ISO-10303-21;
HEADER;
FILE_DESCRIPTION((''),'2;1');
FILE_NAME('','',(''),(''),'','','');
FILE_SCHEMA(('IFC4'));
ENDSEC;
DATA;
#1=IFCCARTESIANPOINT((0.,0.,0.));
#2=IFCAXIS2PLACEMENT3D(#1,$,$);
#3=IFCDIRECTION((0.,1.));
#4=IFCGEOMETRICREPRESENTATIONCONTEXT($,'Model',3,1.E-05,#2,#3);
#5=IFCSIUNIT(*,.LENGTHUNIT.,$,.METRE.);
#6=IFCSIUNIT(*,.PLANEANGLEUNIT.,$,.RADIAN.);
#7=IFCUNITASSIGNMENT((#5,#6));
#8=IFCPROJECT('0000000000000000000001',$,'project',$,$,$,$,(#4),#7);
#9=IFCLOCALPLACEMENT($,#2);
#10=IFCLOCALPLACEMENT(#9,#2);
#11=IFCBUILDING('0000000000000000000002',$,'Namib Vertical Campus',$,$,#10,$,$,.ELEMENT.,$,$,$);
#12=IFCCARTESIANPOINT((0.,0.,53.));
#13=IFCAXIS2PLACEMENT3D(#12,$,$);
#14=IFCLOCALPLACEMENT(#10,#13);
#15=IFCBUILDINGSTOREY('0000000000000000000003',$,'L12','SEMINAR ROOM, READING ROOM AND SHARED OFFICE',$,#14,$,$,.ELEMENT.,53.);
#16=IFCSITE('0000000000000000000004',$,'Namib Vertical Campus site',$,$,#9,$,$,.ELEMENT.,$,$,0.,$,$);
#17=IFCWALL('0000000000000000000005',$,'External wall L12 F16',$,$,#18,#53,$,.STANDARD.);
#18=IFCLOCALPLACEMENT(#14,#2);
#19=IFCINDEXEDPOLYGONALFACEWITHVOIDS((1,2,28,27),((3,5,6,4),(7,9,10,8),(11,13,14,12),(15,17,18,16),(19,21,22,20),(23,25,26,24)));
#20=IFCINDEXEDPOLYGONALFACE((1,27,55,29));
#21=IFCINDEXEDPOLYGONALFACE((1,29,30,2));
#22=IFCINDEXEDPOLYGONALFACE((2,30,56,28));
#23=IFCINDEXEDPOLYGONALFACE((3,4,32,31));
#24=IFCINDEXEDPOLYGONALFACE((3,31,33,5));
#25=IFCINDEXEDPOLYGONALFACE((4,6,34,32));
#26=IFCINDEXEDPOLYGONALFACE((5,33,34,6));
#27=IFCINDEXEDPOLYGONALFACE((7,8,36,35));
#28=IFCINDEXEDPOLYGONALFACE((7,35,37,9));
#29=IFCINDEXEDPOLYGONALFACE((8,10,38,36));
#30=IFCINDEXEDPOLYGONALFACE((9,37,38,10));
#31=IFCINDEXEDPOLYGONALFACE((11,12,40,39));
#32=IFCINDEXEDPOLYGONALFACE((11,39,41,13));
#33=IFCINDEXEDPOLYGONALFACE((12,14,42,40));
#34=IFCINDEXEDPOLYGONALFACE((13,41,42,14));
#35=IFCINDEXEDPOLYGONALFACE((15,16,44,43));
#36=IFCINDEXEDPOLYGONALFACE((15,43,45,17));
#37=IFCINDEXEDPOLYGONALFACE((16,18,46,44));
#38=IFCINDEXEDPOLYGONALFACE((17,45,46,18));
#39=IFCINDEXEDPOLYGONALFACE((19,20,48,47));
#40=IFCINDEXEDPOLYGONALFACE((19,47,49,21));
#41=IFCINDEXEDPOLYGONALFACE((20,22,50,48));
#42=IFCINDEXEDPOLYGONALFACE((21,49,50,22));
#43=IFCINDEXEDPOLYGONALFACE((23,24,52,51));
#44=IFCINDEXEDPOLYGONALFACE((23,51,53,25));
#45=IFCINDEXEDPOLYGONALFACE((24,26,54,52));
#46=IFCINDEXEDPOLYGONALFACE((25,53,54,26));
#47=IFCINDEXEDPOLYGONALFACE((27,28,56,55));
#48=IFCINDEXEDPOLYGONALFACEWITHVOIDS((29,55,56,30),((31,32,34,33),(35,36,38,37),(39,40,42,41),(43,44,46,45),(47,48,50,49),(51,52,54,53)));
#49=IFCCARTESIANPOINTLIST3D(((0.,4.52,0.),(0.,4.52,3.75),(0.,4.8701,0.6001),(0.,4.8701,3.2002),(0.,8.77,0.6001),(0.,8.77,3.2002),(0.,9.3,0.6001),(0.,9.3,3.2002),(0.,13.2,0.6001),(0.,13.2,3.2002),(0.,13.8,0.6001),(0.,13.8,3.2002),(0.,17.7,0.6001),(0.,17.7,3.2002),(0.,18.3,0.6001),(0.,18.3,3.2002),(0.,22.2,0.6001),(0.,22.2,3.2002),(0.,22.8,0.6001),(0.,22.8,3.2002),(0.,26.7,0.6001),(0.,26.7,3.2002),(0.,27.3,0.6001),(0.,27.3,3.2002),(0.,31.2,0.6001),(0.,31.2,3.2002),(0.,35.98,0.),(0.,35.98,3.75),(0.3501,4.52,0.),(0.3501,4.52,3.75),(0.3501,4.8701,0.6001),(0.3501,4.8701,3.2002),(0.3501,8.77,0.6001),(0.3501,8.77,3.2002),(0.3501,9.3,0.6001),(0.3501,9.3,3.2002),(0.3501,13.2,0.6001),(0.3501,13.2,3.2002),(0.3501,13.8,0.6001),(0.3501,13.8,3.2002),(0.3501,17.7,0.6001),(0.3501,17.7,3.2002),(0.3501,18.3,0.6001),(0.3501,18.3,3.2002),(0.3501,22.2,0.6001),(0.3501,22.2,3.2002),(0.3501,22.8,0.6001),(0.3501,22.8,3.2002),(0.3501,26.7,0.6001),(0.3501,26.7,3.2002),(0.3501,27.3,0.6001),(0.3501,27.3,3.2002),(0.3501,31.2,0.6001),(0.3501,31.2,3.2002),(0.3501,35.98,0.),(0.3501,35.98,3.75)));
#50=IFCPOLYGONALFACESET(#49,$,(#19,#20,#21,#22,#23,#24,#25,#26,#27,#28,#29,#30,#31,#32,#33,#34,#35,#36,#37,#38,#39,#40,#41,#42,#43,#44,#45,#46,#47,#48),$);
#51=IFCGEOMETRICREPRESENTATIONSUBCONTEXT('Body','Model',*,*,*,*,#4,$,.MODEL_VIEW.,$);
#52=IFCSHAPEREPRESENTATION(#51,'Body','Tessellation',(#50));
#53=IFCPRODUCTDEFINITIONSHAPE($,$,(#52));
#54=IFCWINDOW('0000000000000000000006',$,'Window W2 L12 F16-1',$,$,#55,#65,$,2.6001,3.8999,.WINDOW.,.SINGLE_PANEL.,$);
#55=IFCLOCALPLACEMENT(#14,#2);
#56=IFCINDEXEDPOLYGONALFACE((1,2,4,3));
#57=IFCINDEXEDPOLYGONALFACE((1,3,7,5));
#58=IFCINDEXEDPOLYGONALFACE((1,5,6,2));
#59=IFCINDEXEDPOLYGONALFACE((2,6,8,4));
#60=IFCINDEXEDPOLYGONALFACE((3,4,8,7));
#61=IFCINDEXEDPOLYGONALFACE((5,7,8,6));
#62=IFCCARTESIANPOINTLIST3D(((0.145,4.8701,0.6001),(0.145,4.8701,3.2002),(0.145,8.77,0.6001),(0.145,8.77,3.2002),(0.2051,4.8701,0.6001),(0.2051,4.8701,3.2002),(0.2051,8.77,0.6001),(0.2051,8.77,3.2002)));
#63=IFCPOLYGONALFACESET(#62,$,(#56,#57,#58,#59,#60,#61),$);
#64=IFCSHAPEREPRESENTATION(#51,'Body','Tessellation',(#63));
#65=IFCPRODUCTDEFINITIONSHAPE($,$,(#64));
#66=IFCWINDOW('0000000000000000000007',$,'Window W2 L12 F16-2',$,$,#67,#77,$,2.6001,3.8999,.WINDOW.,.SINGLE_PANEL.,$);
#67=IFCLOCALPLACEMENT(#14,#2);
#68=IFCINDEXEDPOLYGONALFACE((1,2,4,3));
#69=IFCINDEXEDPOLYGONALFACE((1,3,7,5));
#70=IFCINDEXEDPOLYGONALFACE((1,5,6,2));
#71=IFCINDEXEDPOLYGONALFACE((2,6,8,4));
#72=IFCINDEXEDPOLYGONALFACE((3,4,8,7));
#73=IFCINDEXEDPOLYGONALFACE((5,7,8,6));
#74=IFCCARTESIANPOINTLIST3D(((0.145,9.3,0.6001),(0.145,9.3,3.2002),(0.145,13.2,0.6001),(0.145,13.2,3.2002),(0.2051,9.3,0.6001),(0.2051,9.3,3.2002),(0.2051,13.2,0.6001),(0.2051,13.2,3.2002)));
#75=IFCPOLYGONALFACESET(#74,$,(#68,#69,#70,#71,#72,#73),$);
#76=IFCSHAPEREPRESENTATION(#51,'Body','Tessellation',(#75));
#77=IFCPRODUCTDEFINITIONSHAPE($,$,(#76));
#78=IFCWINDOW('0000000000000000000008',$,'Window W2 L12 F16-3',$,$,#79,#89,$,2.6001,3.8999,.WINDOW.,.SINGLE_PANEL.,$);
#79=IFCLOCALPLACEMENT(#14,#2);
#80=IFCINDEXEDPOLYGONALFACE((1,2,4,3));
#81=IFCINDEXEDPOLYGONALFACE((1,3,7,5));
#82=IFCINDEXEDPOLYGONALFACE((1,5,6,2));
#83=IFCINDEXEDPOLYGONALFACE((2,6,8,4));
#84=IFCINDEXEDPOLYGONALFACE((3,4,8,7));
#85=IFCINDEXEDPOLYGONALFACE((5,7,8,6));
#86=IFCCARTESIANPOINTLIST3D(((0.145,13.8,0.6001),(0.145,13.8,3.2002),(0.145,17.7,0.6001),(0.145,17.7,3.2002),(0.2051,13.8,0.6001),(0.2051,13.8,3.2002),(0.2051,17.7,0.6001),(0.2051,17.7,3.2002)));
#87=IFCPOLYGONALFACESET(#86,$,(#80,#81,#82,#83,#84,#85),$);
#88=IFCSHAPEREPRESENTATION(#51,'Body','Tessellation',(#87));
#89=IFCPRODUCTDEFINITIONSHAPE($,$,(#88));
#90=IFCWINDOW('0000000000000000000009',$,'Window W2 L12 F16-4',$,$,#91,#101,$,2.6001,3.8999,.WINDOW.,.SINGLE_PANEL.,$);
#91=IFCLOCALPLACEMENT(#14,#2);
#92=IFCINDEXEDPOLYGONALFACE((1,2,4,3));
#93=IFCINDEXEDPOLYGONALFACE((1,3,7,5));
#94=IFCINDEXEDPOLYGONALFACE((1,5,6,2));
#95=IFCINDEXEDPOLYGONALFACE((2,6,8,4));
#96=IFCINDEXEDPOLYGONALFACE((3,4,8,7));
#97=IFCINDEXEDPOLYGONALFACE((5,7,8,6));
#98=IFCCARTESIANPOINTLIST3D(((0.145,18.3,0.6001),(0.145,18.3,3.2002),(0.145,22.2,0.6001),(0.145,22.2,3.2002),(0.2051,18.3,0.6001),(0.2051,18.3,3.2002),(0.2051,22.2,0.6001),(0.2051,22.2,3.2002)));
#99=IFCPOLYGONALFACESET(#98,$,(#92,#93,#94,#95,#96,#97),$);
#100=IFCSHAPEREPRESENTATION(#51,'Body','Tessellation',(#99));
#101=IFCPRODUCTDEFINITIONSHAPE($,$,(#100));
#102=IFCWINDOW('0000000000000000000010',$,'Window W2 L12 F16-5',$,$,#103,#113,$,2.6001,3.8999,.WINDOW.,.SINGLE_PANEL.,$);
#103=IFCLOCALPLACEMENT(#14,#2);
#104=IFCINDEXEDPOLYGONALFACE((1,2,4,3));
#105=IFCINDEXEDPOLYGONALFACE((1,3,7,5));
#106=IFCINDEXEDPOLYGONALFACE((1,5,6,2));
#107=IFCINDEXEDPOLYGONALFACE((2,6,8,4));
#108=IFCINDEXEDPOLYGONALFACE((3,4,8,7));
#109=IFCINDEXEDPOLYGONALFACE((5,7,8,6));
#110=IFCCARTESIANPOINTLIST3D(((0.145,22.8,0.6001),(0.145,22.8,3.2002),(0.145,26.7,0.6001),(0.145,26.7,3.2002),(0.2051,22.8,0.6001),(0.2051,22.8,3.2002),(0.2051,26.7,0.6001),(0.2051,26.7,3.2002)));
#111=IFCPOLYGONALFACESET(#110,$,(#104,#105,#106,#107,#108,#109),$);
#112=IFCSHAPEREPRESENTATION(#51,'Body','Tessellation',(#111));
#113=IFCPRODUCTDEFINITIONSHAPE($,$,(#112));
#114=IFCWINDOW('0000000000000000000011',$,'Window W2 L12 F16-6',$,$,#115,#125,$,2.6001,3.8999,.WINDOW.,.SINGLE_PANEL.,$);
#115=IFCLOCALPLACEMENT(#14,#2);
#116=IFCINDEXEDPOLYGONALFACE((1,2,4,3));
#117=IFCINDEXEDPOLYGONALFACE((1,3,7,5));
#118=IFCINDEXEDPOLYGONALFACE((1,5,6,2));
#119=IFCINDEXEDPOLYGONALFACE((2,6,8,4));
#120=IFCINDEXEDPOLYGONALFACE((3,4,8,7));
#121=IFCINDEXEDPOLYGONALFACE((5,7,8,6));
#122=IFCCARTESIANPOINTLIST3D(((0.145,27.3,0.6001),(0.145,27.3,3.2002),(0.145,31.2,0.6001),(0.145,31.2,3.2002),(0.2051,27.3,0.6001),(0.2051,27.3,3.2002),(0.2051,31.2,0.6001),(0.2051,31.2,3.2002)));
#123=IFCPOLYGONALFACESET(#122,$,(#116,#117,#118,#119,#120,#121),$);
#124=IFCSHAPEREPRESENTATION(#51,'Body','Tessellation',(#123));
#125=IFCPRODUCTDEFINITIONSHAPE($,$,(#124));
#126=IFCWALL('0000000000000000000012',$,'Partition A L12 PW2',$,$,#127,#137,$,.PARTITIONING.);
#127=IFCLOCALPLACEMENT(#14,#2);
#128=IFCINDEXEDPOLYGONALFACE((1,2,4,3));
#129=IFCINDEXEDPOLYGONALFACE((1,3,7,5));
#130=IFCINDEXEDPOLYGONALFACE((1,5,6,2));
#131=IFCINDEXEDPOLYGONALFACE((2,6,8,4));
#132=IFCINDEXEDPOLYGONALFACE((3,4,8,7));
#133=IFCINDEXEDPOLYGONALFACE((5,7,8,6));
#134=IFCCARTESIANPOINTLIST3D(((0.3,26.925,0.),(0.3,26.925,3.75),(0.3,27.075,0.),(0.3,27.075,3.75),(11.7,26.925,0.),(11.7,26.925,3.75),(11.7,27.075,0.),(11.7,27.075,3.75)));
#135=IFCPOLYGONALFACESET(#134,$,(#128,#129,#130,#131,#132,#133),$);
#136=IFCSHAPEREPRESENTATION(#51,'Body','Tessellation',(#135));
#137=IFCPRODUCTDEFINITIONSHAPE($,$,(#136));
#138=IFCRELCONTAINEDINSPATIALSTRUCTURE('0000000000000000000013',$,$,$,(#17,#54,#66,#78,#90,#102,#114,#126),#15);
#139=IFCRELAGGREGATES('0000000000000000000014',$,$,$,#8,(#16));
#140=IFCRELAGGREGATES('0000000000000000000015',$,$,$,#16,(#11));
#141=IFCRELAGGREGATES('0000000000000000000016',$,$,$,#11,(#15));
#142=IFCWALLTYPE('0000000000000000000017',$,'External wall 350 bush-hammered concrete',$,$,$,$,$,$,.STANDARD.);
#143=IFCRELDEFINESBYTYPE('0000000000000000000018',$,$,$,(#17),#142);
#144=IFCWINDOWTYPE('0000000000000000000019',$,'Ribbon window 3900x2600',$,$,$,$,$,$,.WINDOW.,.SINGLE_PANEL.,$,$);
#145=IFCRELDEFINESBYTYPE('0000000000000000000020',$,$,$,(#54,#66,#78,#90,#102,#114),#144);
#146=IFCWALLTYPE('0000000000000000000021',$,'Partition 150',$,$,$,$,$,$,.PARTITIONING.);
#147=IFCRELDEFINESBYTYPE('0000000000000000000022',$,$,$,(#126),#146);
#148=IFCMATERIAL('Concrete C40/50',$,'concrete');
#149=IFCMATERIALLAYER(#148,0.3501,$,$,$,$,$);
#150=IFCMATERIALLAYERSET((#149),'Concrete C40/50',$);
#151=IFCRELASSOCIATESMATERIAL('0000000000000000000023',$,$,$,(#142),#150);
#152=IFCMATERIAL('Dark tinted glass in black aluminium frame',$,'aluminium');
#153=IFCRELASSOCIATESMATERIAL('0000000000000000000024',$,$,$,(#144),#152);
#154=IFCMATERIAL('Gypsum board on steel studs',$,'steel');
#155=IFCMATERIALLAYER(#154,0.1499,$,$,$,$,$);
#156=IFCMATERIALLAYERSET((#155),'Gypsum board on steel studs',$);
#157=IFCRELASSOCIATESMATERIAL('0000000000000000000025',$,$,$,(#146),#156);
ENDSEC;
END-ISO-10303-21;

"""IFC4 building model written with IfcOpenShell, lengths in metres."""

from ifc_helpers import new_model, si_unit, direction, frame, frame_2d, origin, place, context, subcontext, project, spatial, rectangle, extrude, material, layer, layer_set, type_object, element, fill, save


model = new_model("IFC4")

# Units and contexts
model_context = context("Model", 3, precision=1e-05, world=origin(), true_north=direction((0.0, 1.0)))
body_context = subcontext(model_context, "Body", "Model", "MODEL_VIEW")
ifc_project = project(units=[si_unit("LENGTHUNIT", "METRE"), si_unit("PLANEANGLEUNIT", "RADIAN")], contexts=[model_context])

# Site, building, storey
site_placement = place(None, origin())
site = spatial("IfcSite", under=ifc_project, at=site_placement, Name="Namib Vertical Campus site", CompositionType="ELEMENT", RefElevation=0.0)
building_placement = place(site_placement, origin())
building = spatial("IfcBuilding", under=site, at=building_placement, Name="Namib Vertical Campus", CompositionType="ELEMENT")
storey_placement = place(building_placement, frame((0.0, 0.0, 53.0)))
storey = spatial("IfcBuildingStorey", under=building, at=storey_placement, Name="L12", Description="SEMINAR ROOM, READING ROOM AND SHARED OFFICE", CompositionType="ELEMENT", Elevation=53.0)

# Shared definitions
ifc_material_1 = material(Name="Concrete C40/50", Category="concrete")
ifc_layer_1 = layer(ifc_material_1, 0.3501)
ifc_layer_set_1 = layer_set([ifc_layer_1], Name="Concrete C40/50")
wall_type_1 = type_object("IfcWallType", Name="External wall 350 bush-hammered concrete", PredefinedType="STANDARD", material=ifc_layer_set_1)

# Wall, openings, windows
wall_1_placement = place(storey_placement, frame((0.175, 35.98, 0.0), z_axis=(0.0, 0.0, 1.0), x_axis=(0.0, -1.0, 0.0)))
wall_1 = element("IfcWall", 1, at=wall_1_placement, inside=storey, type_object=wall_type_1, Name="External wall L12 F16", PredefinedType="STANDARD", context=body_context, shape_type="SweptSolid", body=[
    extrude(rectangle(XDim=31.46, YDim=0.3501, at=frame_2d((15.73, 0.0))), origin(), (0.0, 0.0, 1.0), 3.75),
])
opening_1_placement = place(wall_1_placement, frame((27.21, 0.0, 0.6001)))
opening_1 = element("IfcOpeningElement", 2, at=opening_1_placement, cuts=wall_1, PredefinedType="OPENING", context=body_context, shape_type="SweptSolid", body=[
    extrude(rectangle(XDim=3.8999, YDim=2.6001, at=frame_2d((1.95, 1.3))), frame((0.0, 0.1851, 0.0), z_axis=(0.0, -1.0, 0.0), x_axis=(1.0, 0.0, 0.0)), (0.0, 0.0, 1.0), 0.3701),
])
opening_2_placement = place(wall_1_placement, frame((22.78, 0.0, 0.6001)))
opening_2 = element("IfcOpeningElement", 3, at=opening_2_placement, cuts=wall_1, PredefinedType="OPENING", context=body_context, shape_type="SweptSolid", body=[
    extrude(rectangle(XDim=3.8999, YDim=2.6001, at=frame_2d((1.95, 1.3))), frame((0.0, 0.1851, 0.0), z_axis=(0.0, -1.0, 0.0), x_axis=(1.0, 0.0, 0.0)), (0.0, 0.0, 1.0), 0.3701),
])
opening_3_placement = place(wall_1_placement, frame((18.28, 0.0, 0.6001)))
opening_3 = element("IfcOpeningElement", 4, at=opening_3_placement, cuts=wall_1, PredefinedType="OPENING", context=body_context, shape_type="SweptSolid", body=[
    extrude(rectangle(XDim=3.8999, YDim=2.6001, at=frame_2d((1.95, 1.3))), frame((0.0, 0.1851, 0.0), z_axis=(0.0, -1.0, 0.0), x_axis=(1.0, 0.0, 0.0)), (0.0, 0.0, 1.0), 0.3701),
])
opening_4_placement = place(wall_1_placement, frame((13.78, 0.0, 0.6001)))
opening_4 = element("IfcOpeningElement", 5, at=opening_4_placement, cuts=wall_1, PredefinedType="OPENING", context=body_context, shape_type="SweptSolid", body=[
    extrude(rectangle(XDim=3.8999, YDim=2.6001, at=frame_2d((1.95, 1.3))), frame((0.0, 0.1851, 0.0), z_axis=(0.0, -1.0, 0.0), x_axis=(1.0, 0.0, 0.0)), (0.0, 0.0, 1.0), 0.3701),
])
opening_5_placement = place(wall_1_placement, frame((9.28, 0.0, 0.6001)))
opening_5 = element("IfcOpeningElement", 6, at=opening_5_placement, cuts=wall_1, PredefinedType="OPENING", context=body_context, shape_type="SweptSolid", body=[
    extrude(rectangle(XDim=3.8999, YDim=2.6001, at=frame_2d((1.95, 1.3))), frame((0.0, 0.1851, 0.0), z_axis=(0.0, -1.0, 0.0), x_axis=(1.0, 0.0, 0.0)), (0.0, 0.0, 1.0), 0.3701),
])
opening_6_placement = place(wall_1_placement, frame((4.78, 0.0, 0.6001)))
opening_6 = element("IfcOpeningElement", 7, at=opening_6_placement, cuts=wall_1, PredefinedType="OPENING", context=body_context, shape_type="SweptSolid", body=[
    extrude(rectangle(XDim=3.8999, YDim=2.6001, at=frame_2d((1.95, 1.3))), frame((0.0, 0.1851, 0.0), z_axis=(0.0, -1.0, 0.0), x_axis=(1.0, 0.0, 0.0)), (0.0, 0.0, 1.0), 0.3701),
])
ifc_material_2 = material(Name="Dark tinted glass in black aluminium frame", Category="aluminium")
window_type = type_object("IfcWindowType", Name="Ribbon window 3900x2600", PartitioningType="SINGLE_PANEL", PredefinedType="WINDOW", material=ifc_material_2)
window_1_placement = place(opening_1_placement, origin())
window_1 = element("IfcWindow", 8, at=window_1_placement, inside=storey, type_object=window_type, Name="Window W2 L12 F16-1", OverallHeight=2.6001, OverallWidth=3.8999, PartitioningType="SINGLE_PANEL", PredefinedType="WINDOW", context=body_context, shape_type="SweptSolid", body=[
    extrude(rectangle(XDim=3.8999, YDim=2.6001, at=frame_2d((1.95, 1.3))), frame((0.0, 0.03, 0.0), z_axis=(0.0, -1.0, 0.0), x_axis=(1.0, 0.0, 0.0)), (0.0, 0.0, 1.0), 0.0601),
])
fill(opening_1, window_1)
window_2_placement = place(opening_2_placement, origin())
window_2 = element("IfcWindow", 9, at=window_2_placement, inside=storey, type_object=window_type, Name="Window W2 L12 F16-2", OverallHeight=2.6001, OverallWidth=3.8999, PartitioningType="SINGLE_PANEL", PredefinedType="WINDOW", context=body_context, shape_type="SweptSolid", body=[
    extrude(rectangle(XDim=3.8999, YDim=2.6001, at=frame_2d((1.95, 1.3))), frame((0.0, 0.03, 0.0), z_axis=(0.0, -1.0, 0.0), x_axis=(1.0, 0.0, 0.0)), (0.0, 0.0, 1.0), 0.0601),
])
fill(opening_2, window_2)
window_3_placement = place(opening_3_placement, origin())
window_3 = element("IfcWindow", 10, at=window_3_placement, inside=storey, type_object=window_type, Name="Window W2 L12 F16-3", OverallHeight=2.6001, OverallWidth=3.8999, PartitioningType="SINGLE_PANEL", PredefinedType="WINDOW", context=body_context, shape_type="SweptSolid", body=[
    extrude(rectangle(XDim=3.8999, YDim=2.6001, at=frame_2d((1.95, 1.3))), frame((0.0, 0.03, 0.0), z_axis=(0.0, -1.0, 0.0), x_axis=(1.0, 0.0, 0.0)), (0.0, 0.0, 1.0), 0.0601),
])
fill(opening_3, window_3)
window_4_placement = place(opening_4_placement, origin())
window_4 = element("IfcWindow", 11, at=window_4_placement, inside=storey, type_object=window_type, Name="Window W2 L12 F16-4", OverallHeight=2.6001, OverallWidth=3.8999, PartitioningType="SINGLE_PANEL", PredefinedType="WINDOW", context=body_context, shape_type="SweptSolid", body=[
    extrude(rectangle(XDim=3.8999, YDim=2.6001, at=frame_2d((1.95, 1.3))), frame((0.0, 0.03, 0.0), z_axis=(0.0, -1.0, 0.0), x_axis=(1.0, 0.0, 0.0)), (0.0, 0.0, 1.0), 0.0601),
])
fill(opening_4, window_4)
window_5_placement = place(opening_5_placement, origin())
window_5 = element("IfcWindow", 12, at=window_5_placement, inside=storey, type_object=window_type, Name="Window W2 L12 F16-5", OverallHeight=2.6001, OverallWidth=3.8999, PartitioningType="SINGLE_PANEL", PredefinedType="WINDOW", context=body_context, shape_type="SweptSolid", body=[
    extrude(rectangle(XDim=3.8999, YDim=2.6001, at=frame_2d((1.95, 1.3))), frame((0.0, 0.03, 0.0), z_axis=(0.0, -1.0, 0.0), x_axis=(1.0, 0.0, 0.0)), (0.0, 0.0, 1.0), 0.0601),
])
fill(opening_5, window_5)
window_6_placement = place(opening_6_placement, origin())
window_6 = element("IfcWindow", 13, at=window_6_placement, inside=storey, type_object=window_type, Name="Window W2 L12 F16-6", OverallHeight=2.6001, OverallWidth=3.8999, PartitioningType="SINGLE_PANEL", PredefinedType="WINDOW", context=body_context, shape_type="SweptSolid", body=[
    extrude(rectangle(XDim=3.8999, YDim=2.6001, at=frame_2d((1.95, 1.3))), frame((0.0, 0.03, 0.0), z_axis=(0.0, -1.0, 0.0), x_axis=(1.0, 0.0, 0.0)), (0.0, 0.0, 1.0), 0.0601),
])
fill(opening_6, window_6)

# Wall
ifc_material_3 = material(Name="Gypsum board on steel studs", Category="steel")
ifc_layer_2 = layer(ifc_material_3, 0.1499)
ifc_layer_set_2 = layer_set([ifc_layer_2], Name="Gypsum board on steel studs")
wall_type_2 = type_object("IfcWallType", Name="Partition 150", PredefinedType="PARTITIONING", material=ifc_layer_set_2)
wall_2_placement = place(storey_placement, frame((0.3, 27.0, 0.0), z_axis=(0.0, 0.0, 1.0), x_axis=(1.0, 0.0, 0.0)))
element("IfcWall", 14, at=wall_2_placement, inside=storey, type_object=wall_type_2, Name="Partition A L12 PW2", PredefinedType="PARTITIONING", context=body_context, shape_type="SweptSolid", body=[
    extrude(rectangle(XDim=11.3999, YDim=0.1499, at=frame_2d((5.7, 0.0))), origin(), (0.0, 0.0, 1.0), 3.75),
])

save(model, "model.ifc")
